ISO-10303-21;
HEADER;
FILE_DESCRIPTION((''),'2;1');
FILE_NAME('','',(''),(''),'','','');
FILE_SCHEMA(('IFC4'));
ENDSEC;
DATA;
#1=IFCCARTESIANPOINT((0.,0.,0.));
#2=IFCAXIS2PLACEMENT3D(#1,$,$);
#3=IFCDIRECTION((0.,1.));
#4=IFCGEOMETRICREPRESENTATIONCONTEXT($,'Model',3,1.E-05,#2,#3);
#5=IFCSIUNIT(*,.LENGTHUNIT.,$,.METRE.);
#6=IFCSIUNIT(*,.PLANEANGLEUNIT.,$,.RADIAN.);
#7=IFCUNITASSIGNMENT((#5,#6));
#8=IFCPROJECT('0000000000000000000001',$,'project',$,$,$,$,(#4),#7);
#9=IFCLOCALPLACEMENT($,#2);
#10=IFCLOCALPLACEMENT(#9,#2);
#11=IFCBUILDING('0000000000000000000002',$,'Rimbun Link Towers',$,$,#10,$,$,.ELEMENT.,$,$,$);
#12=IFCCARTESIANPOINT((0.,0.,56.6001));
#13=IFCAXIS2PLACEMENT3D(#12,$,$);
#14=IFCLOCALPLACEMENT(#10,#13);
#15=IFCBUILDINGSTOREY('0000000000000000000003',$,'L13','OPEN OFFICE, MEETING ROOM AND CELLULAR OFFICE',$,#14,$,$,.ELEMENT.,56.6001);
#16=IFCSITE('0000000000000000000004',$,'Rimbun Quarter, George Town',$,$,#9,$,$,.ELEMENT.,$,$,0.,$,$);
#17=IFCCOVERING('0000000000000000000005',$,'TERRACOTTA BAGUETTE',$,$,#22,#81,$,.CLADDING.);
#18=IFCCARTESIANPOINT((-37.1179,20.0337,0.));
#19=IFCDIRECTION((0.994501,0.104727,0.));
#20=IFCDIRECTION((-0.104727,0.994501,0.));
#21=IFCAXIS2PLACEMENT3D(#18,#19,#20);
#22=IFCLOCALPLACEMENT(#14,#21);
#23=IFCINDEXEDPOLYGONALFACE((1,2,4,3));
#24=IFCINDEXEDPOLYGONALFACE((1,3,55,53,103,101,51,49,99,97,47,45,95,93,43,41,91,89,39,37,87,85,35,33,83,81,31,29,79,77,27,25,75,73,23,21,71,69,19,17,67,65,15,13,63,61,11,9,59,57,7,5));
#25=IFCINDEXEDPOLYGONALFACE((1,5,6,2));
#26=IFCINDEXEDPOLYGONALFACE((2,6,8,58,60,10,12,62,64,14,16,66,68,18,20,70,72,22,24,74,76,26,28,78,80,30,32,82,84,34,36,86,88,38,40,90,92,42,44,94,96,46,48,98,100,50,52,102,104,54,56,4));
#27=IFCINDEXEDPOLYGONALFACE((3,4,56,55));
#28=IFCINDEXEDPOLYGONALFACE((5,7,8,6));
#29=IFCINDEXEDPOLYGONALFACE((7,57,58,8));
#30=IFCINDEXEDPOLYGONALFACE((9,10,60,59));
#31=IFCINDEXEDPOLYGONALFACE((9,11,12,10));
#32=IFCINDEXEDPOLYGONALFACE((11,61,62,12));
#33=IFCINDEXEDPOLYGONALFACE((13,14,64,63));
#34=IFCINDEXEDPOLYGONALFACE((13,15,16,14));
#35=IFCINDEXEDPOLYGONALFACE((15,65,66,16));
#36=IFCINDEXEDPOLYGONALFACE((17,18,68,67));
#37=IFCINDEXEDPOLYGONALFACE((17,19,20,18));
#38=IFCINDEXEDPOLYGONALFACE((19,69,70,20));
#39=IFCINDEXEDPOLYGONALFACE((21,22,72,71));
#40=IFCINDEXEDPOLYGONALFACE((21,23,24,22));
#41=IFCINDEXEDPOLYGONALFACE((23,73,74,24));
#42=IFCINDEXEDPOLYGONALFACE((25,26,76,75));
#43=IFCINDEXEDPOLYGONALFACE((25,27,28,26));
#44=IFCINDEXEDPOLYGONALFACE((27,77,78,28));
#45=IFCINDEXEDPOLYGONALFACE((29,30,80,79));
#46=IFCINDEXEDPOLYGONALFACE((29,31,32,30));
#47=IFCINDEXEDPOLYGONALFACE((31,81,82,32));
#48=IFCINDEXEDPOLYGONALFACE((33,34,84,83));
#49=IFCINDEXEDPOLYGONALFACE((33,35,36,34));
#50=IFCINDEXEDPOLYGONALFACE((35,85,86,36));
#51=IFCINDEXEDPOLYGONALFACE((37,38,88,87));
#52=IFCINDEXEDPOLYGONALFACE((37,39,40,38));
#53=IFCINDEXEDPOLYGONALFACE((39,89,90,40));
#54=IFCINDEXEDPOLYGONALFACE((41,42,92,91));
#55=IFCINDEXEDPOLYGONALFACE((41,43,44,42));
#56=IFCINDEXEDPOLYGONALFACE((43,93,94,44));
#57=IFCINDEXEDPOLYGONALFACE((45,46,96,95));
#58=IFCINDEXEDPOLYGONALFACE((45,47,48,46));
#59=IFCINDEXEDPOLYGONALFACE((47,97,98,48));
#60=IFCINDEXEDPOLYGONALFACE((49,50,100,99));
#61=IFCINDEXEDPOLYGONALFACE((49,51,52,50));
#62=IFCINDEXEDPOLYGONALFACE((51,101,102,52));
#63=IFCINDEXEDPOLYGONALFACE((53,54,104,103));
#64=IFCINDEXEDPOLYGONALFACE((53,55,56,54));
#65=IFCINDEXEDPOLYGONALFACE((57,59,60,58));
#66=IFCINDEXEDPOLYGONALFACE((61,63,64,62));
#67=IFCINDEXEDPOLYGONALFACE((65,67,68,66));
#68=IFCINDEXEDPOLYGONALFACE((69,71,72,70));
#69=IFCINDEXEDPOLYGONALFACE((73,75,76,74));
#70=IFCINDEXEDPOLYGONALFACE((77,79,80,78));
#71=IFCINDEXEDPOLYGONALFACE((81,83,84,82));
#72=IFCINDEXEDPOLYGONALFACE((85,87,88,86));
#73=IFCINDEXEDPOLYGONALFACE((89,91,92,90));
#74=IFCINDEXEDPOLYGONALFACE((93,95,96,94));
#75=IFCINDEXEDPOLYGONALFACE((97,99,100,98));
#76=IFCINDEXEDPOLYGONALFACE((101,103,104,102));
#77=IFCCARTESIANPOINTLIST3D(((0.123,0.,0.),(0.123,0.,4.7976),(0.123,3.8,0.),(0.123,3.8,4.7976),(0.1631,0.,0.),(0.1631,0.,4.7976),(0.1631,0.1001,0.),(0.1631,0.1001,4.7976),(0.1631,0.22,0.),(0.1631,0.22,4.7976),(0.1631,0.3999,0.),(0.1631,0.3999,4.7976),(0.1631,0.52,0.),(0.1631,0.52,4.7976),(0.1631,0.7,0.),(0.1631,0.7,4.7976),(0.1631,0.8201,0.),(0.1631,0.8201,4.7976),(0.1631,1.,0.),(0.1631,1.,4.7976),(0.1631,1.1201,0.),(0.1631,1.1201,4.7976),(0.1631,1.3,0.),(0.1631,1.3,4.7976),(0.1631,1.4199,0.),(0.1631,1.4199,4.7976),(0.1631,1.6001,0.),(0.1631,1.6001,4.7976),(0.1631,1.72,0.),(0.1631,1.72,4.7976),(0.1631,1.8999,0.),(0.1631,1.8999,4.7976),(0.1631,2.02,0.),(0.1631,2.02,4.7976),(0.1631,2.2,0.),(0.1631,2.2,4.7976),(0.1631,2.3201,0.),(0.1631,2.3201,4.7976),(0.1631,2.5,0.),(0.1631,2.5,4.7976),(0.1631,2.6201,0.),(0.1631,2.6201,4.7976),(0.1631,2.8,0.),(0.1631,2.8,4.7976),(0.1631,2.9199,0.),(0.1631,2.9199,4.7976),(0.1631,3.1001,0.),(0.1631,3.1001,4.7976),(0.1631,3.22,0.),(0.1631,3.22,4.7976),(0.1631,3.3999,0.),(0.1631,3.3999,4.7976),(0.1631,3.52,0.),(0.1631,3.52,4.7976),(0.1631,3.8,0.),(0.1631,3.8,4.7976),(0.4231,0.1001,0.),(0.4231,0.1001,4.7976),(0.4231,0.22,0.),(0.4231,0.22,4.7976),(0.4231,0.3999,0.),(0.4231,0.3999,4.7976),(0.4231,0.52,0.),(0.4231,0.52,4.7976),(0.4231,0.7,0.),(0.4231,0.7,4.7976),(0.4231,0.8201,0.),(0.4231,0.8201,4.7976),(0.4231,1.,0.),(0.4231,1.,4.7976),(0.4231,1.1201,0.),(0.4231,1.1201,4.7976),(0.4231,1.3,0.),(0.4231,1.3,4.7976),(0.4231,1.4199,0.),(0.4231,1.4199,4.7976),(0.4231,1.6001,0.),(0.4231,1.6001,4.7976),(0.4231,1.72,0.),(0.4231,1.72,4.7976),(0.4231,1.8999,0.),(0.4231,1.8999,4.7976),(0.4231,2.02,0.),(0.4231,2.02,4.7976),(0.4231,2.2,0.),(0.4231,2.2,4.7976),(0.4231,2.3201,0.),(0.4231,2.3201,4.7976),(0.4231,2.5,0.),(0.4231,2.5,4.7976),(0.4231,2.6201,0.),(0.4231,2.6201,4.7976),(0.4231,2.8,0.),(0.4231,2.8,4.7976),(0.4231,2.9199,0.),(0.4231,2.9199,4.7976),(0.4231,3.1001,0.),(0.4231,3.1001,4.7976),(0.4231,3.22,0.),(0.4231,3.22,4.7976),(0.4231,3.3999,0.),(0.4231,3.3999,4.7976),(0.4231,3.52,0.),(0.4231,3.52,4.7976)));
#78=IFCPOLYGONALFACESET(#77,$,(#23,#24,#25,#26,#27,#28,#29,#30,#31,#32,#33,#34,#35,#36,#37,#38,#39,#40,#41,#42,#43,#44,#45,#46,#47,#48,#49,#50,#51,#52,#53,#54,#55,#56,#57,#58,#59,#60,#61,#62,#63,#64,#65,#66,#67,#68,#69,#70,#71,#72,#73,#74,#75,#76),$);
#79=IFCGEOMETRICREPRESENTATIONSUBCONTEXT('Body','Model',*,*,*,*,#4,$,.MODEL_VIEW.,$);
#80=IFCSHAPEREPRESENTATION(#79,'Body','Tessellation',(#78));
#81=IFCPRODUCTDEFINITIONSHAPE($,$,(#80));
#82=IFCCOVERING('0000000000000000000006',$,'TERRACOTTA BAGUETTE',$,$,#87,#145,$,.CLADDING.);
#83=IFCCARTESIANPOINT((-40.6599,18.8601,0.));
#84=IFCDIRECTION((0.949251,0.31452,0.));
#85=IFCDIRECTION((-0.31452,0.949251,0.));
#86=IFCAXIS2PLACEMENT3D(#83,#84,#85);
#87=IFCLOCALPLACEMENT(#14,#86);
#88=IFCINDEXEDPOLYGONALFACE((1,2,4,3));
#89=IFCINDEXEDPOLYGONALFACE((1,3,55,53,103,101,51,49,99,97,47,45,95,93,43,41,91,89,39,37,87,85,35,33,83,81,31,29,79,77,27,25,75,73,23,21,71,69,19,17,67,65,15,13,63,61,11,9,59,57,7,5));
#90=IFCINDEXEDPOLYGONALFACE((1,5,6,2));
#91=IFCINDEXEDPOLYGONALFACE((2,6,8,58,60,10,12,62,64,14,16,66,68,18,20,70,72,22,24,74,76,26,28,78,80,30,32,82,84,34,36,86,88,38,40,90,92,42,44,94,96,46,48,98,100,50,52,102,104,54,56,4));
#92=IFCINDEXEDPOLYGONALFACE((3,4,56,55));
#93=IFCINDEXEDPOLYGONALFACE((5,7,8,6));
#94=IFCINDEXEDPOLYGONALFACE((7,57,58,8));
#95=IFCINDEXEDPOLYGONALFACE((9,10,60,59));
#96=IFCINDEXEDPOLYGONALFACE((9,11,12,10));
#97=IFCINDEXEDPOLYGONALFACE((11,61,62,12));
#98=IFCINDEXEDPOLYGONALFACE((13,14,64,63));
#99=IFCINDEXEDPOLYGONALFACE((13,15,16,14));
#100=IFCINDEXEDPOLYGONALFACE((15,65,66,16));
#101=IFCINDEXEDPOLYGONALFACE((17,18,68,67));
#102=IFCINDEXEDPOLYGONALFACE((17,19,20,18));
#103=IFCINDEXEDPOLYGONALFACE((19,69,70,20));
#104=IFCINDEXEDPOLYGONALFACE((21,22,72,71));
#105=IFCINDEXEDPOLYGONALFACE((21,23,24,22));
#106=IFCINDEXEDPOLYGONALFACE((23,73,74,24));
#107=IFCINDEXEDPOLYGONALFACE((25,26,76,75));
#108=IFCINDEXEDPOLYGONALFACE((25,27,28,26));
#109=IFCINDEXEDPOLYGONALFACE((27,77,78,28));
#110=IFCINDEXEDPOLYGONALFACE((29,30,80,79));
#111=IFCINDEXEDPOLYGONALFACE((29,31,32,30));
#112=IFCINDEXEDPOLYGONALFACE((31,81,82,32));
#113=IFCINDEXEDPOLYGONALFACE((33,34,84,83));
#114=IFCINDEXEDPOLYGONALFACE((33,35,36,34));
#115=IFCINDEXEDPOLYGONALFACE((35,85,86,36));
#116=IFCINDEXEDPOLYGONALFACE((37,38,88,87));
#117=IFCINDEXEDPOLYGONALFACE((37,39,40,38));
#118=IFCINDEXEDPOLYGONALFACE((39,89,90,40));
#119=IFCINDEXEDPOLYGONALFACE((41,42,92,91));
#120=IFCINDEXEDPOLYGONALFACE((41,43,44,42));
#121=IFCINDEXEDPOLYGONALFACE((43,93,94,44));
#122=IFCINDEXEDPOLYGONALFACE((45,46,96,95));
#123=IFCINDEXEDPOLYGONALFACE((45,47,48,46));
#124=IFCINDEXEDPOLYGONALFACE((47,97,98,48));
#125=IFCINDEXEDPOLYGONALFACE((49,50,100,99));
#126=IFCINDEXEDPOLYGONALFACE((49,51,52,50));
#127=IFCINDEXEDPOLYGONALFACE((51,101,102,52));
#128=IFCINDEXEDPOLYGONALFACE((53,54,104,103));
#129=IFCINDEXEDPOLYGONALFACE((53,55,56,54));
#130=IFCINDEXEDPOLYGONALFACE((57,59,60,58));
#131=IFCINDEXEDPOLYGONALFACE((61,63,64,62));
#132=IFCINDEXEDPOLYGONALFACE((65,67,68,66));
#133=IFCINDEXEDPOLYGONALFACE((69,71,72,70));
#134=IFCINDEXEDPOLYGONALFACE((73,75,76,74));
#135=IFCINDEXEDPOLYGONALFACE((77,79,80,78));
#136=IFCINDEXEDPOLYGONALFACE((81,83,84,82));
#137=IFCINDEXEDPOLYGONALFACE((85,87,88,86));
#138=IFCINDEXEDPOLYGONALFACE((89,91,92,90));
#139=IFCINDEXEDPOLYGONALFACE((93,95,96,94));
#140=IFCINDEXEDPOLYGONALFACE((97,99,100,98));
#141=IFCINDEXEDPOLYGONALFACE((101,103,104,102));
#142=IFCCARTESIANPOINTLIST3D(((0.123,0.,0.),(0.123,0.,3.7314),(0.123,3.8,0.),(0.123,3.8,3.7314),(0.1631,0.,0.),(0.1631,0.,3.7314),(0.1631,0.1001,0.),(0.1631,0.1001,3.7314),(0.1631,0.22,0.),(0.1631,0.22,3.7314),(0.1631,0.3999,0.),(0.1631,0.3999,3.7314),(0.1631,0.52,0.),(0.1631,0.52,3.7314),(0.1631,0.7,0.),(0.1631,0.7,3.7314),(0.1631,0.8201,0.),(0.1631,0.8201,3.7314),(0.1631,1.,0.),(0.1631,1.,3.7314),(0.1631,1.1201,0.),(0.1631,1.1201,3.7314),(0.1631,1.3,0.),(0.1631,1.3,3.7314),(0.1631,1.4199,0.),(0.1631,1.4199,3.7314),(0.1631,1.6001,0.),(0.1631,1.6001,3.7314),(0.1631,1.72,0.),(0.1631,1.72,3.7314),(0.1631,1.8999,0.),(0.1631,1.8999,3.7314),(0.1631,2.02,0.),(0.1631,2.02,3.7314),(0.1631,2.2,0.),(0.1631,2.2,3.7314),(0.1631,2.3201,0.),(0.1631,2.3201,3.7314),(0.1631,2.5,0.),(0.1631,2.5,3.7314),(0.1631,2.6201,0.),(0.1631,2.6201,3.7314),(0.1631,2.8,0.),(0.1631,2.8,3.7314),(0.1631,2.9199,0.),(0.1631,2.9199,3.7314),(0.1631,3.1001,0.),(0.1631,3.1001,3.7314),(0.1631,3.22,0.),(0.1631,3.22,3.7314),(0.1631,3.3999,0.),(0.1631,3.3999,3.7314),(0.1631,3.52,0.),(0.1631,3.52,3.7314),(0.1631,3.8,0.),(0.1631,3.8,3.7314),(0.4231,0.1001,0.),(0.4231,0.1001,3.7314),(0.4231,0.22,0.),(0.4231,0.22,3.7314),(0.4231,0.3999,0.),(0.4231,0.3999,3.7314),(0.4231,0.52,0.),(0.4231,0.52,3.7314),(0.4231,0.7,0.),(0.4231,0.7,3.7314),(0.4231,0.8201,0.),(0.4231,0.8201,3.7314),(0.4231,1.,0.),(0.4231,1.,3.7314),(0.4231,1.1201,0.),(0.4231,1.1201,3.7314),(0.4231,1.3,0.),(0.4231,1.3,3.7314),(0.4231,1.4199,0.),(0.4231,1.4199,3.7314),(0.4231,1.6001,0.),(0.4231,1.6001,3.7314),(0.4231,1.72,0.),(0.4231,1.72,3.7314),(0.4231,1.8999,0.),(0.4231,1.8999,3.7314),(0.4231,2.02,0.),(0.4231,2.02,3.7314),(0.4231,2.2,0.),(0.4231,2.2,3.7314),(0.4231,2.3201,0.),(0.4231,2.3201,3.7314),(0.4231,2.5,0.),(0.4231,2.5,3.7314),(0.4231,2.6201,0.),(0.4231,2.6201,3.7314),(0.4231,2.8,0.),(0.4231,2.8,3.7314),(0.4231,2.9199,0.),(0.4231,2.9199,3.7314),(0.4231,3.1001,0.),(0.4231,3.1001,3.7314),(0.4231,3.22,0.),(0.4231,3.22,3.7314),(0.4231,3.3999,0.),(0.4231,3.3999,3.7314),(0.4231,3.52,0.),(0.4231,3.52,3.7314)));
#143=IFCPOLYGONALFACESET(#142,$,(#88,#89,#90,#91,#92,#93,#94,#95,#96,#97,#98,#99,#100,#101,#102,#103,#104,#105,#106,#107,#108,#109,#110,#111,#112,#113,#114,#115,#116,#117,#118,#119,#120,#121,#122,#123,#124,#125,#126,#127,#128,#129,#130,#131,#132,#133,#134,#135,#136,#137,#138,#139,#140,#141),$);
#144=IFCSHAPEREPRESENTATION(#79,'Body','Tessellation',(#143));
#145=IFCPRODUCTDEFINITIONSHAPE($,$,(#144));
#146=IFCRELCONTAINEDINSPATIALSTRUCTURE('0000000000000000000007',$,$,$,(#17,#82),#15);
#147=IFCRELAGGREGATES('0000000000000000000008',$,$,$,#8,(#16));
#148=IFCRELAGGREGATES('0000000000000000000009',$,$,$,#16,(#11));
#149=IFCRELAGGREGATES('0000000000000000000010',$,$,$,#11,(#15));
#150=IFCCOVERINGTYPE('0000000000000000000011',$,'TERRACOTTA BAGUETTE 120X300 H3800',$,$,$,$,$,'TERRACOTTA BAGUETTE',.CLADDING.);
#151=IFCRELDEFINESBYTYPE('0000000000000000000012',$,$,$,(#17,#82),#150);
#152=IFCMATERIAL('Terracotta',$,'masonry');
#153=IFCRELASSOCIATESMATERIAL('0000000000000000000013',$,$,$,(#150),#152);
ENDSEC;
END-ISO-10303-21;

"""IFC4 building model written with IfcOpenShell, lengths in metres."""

from ifc_helpers import new_model, si_unit, direction, frame, origin, place, context, subcontext, project, spatial, polyline, outline, extrude, material, material_profile, profile_set, type_object, element, save


model = new_model("IFC4")

# Units and contexts
model_context = context("Model", 3, precision=1e-05, world=origin(), true_north=direction((0.0, 1.0)))
body_context = subcontext(model_context, "Body", "Model", "MODEL_VIEW")
ifc_project = project(units=[si_unit("LENGTHUNIT", "METRE"), si_unit("PLANEANGLEUNIT", "RADIAN")], contexts=[model_context])

# Site, building, storey
site_placement = place(None, origin())
site = spatial("IfcSite", under=ifc_project, at=site_placement, Name="Rimbun Quarter, George Town", CompositionType="ELEMENT", RefElevation=0.0)
building_placement = place(site_placement, origin())
building = spatial("IfcBuilding", under=site, at=building_placement, Name="Rimbun Link Towers", CompositionType="ELEMENT")
storey_placement = place(building_placement, frame((0.0, 0.0, 56.6001)))
storey = spatial("IfcBuildingStorey", under=building, at=storey_placement, Name="L13", Description="OPEN OFFICE, MEETING ROOM AND CELLULAR OFFICE", CompositionType="ELEMENT", Elevation=56.6001)

# Coverings
ifc_material_1 = material(Name="Terracotta", Category="masonry")
ifc_material_profile_1 = material_profile(ifc_material_1, outline(polyline([(0.123, 0.0), (0.1631, 0.0), (0.1631, 0.1001), (0.4231, 0.1001), (0.4231, 0.22), (0.1631, 0.22), (0.1631, 0.3999), (0.4231, 0.3999), (0.4231, 0.52), (0.1631, 0.52), (0.1631, 0.7), (0.4231, 0.7), (0.4231, 0.8201), (0.1631, 0.8201), (0.1631, 1.0), (0.4231, 1.0), (0.4231, 1.1201), (0.1631, 1.1201), (0.1631, 1.3), (0.4231, 1.3), (0.4231, 1.4199), (0.1631, 1.4199), (0.1631, 1.6001), (0.4231, 1.6001), (0.4231, 1.72), (0.1631, 1.72), (0.1631, 1.8999), (0.4231, 1.8999), (0.4231, 2.02), (0.1631, 2.02), (0.1631, 2.2), (0.4231, 2.2), (0.4231, 2.3201), (0.1631, 2.3201), (0.1631, 2.5), (0.4231, 2.5), (0.4231, 2.6201), (0.1631, 2.6201), (0.1631, 2.8), (0.4231, 2.8), (0.4231, 2.9199), (0.1631, 2.9199), (0.1631, 3.1001), (0.4231, 3.1001), (0.4231, 3.22), (0.1631, 3.22), (0.1631, 3.3999), (0.4231, 3.3999), (0.4231, 3.52), (0.1631, 3.52), (0.1631, 3.8), (0.123, 3.8), (0.123, 0.0)])), Name="BAGUETTE 120X300")
ifc_profile_set_1 = profile_set([ifc_material_profile_1], Name="Terracotta")
covering_type = type_object("IfcCoveringType", Name="TERRACOTTA BAGUETTE 120X300 H3800", ElementType="TERRACOTTA BAGUETTE", PredefinedType="CLADDING", material=ifc_profile_set_1)
covering_1_placement = place(storey_placement, frame((-37.1179, 20.0337, 0.0), z_axis=(0.994501, 0.104727, 0.0), x_axis=(-0.104727, 0.994501, 0.0)))
element("IfcCovering", 1, at=covering_1_placement, inside=storey, type_object=covering_type, Name="TERRACOTTA BAGUETTE", PredefinedType="CLADDING", context=body_context, shape_type="SweptSolid", body=[
    extrude(outline(polyline([(0.123, 0.0), (0.1631, 0.0), (0.1631, 0.1001), (0.4231, 0.1001), (0.4231, 0.22), (0.1631, 0.22), (0.1631, 0.3999), (0.4231, 0.3999), (0.4231, 0.52), (0.1631, 0.52), (0.1631, 0.7), (0.4231, 0.7), (0.4231, 0.8201), (0.1631, 0.8201), (0.1631, 1.0), (0.4231, 1.0), (0.4231, 1.1201), (0.1631, 1.1201), (0.1631, 1.3), (0.4231, 1.3), (0.4231, 1.4199), (0.1631, 1.4199), (0.1631, 1.6001), (0.4231, 1.6001), (0.4231, 1.72), (0.1631, 1.72), (0.1631, 1.8999), (0.4231, 1.8999), (0.4231, 2.02), (0.1631, 2.02), (0.1631, 2.2), (0.4231, 2.2), (0.4231, 2.3201), (0.1631, 2.3201), (0.1631, 2.5), (0.4231, 2.5), (0.4231, 2.6201), (0.1631, 2.6201), (0.1631, 2.8), (0.4231, 2.8), (0.4231, 2.9199), (0.1631, 2.9199), (0.1631, 3.1001), (0.4231, 3.1001), (0.4231, 3.22), (0.1631, 3.22), (0.1631, 3.3999), (0.4231, 3.3999), (0.4231, 3.52), (0.1631, 3.52), (0.1631, 3.8), (0.123, 3.8), (0.123, 0.0)])), origin(), (0.0, 0.0, 1.0), 4.7976),
])
covering_2_placement = place(storey_placement, frame((-40.6599, 18.8601, 0.0), z_axis=(0.949251, 0.31452, 0.0), x_axis=(-0.31452, 0.949251, 0.0)))
element("IfcCovering", 2, at=covering_2_placement, inside=storey, type_object=covering_type, Name="TERRACOTTA BAGUETTE", PredefinedType="CLADDING", context=body_context, shape_type="SweptSolid", body=[
    extrude(outline(polyline([(0.123, 0.0), (0.1631, 0.0), (0.1631, 0.1001), (0.4231, 0.1001), (0.4231, 0.22), (0.1631, 0.22), (0.1631, 0.3999), (0.4231, 0.3999), (0.4231, 0.52), (0.1631, 0.52), (0.1631, 0.7), (0.4231, 0.7), (0.4231, 0.8201), (0.1631, 0.8201), (0.1631, 1.0), (0.4231, 1.0), (0.4231, 1.1201), (0.1631, 1.1201), (0.1631, 1.3), (0.4231, 1.3), (0.4231, 1.4199), (0.1631, 1.4199), (0.1631, 1.6001), (0.4231, 1.6001), (0.4231, 1.72), (0.1631, 1.72), (0.1631, 1.8999), (0.4231, 1.8999), (0.4231, 2.02), (0.1631, 2.02), (0.1631, 2.2), (0.4231, 2.2), (0.4231, 2.3201), (0.1631, 2.3201), (0.1631, 2.5), (0.4231, 2.5), (0.4231, 2.6201), (0.1631, 2.6201), (0.1631, 2.8), (0.4231, 2.8), (0.4231, 2.9199), (0.1631, 2.9199), (0.1631, 3.1001), (0.4231, 3.1001), (0.4231, 3.22), (0.1631, 3.22), (0.1631, 3.3999), (0.4231, 3.3999), (0.4231, 3.52), (0.1631, 3.52), (0.1631, 3.8), (0.123, 3.8), (0.123, 0.0)])), origin(), (0.0, 0.0, 1.0), 3.7314),
])

save(model, "model.ifc")
